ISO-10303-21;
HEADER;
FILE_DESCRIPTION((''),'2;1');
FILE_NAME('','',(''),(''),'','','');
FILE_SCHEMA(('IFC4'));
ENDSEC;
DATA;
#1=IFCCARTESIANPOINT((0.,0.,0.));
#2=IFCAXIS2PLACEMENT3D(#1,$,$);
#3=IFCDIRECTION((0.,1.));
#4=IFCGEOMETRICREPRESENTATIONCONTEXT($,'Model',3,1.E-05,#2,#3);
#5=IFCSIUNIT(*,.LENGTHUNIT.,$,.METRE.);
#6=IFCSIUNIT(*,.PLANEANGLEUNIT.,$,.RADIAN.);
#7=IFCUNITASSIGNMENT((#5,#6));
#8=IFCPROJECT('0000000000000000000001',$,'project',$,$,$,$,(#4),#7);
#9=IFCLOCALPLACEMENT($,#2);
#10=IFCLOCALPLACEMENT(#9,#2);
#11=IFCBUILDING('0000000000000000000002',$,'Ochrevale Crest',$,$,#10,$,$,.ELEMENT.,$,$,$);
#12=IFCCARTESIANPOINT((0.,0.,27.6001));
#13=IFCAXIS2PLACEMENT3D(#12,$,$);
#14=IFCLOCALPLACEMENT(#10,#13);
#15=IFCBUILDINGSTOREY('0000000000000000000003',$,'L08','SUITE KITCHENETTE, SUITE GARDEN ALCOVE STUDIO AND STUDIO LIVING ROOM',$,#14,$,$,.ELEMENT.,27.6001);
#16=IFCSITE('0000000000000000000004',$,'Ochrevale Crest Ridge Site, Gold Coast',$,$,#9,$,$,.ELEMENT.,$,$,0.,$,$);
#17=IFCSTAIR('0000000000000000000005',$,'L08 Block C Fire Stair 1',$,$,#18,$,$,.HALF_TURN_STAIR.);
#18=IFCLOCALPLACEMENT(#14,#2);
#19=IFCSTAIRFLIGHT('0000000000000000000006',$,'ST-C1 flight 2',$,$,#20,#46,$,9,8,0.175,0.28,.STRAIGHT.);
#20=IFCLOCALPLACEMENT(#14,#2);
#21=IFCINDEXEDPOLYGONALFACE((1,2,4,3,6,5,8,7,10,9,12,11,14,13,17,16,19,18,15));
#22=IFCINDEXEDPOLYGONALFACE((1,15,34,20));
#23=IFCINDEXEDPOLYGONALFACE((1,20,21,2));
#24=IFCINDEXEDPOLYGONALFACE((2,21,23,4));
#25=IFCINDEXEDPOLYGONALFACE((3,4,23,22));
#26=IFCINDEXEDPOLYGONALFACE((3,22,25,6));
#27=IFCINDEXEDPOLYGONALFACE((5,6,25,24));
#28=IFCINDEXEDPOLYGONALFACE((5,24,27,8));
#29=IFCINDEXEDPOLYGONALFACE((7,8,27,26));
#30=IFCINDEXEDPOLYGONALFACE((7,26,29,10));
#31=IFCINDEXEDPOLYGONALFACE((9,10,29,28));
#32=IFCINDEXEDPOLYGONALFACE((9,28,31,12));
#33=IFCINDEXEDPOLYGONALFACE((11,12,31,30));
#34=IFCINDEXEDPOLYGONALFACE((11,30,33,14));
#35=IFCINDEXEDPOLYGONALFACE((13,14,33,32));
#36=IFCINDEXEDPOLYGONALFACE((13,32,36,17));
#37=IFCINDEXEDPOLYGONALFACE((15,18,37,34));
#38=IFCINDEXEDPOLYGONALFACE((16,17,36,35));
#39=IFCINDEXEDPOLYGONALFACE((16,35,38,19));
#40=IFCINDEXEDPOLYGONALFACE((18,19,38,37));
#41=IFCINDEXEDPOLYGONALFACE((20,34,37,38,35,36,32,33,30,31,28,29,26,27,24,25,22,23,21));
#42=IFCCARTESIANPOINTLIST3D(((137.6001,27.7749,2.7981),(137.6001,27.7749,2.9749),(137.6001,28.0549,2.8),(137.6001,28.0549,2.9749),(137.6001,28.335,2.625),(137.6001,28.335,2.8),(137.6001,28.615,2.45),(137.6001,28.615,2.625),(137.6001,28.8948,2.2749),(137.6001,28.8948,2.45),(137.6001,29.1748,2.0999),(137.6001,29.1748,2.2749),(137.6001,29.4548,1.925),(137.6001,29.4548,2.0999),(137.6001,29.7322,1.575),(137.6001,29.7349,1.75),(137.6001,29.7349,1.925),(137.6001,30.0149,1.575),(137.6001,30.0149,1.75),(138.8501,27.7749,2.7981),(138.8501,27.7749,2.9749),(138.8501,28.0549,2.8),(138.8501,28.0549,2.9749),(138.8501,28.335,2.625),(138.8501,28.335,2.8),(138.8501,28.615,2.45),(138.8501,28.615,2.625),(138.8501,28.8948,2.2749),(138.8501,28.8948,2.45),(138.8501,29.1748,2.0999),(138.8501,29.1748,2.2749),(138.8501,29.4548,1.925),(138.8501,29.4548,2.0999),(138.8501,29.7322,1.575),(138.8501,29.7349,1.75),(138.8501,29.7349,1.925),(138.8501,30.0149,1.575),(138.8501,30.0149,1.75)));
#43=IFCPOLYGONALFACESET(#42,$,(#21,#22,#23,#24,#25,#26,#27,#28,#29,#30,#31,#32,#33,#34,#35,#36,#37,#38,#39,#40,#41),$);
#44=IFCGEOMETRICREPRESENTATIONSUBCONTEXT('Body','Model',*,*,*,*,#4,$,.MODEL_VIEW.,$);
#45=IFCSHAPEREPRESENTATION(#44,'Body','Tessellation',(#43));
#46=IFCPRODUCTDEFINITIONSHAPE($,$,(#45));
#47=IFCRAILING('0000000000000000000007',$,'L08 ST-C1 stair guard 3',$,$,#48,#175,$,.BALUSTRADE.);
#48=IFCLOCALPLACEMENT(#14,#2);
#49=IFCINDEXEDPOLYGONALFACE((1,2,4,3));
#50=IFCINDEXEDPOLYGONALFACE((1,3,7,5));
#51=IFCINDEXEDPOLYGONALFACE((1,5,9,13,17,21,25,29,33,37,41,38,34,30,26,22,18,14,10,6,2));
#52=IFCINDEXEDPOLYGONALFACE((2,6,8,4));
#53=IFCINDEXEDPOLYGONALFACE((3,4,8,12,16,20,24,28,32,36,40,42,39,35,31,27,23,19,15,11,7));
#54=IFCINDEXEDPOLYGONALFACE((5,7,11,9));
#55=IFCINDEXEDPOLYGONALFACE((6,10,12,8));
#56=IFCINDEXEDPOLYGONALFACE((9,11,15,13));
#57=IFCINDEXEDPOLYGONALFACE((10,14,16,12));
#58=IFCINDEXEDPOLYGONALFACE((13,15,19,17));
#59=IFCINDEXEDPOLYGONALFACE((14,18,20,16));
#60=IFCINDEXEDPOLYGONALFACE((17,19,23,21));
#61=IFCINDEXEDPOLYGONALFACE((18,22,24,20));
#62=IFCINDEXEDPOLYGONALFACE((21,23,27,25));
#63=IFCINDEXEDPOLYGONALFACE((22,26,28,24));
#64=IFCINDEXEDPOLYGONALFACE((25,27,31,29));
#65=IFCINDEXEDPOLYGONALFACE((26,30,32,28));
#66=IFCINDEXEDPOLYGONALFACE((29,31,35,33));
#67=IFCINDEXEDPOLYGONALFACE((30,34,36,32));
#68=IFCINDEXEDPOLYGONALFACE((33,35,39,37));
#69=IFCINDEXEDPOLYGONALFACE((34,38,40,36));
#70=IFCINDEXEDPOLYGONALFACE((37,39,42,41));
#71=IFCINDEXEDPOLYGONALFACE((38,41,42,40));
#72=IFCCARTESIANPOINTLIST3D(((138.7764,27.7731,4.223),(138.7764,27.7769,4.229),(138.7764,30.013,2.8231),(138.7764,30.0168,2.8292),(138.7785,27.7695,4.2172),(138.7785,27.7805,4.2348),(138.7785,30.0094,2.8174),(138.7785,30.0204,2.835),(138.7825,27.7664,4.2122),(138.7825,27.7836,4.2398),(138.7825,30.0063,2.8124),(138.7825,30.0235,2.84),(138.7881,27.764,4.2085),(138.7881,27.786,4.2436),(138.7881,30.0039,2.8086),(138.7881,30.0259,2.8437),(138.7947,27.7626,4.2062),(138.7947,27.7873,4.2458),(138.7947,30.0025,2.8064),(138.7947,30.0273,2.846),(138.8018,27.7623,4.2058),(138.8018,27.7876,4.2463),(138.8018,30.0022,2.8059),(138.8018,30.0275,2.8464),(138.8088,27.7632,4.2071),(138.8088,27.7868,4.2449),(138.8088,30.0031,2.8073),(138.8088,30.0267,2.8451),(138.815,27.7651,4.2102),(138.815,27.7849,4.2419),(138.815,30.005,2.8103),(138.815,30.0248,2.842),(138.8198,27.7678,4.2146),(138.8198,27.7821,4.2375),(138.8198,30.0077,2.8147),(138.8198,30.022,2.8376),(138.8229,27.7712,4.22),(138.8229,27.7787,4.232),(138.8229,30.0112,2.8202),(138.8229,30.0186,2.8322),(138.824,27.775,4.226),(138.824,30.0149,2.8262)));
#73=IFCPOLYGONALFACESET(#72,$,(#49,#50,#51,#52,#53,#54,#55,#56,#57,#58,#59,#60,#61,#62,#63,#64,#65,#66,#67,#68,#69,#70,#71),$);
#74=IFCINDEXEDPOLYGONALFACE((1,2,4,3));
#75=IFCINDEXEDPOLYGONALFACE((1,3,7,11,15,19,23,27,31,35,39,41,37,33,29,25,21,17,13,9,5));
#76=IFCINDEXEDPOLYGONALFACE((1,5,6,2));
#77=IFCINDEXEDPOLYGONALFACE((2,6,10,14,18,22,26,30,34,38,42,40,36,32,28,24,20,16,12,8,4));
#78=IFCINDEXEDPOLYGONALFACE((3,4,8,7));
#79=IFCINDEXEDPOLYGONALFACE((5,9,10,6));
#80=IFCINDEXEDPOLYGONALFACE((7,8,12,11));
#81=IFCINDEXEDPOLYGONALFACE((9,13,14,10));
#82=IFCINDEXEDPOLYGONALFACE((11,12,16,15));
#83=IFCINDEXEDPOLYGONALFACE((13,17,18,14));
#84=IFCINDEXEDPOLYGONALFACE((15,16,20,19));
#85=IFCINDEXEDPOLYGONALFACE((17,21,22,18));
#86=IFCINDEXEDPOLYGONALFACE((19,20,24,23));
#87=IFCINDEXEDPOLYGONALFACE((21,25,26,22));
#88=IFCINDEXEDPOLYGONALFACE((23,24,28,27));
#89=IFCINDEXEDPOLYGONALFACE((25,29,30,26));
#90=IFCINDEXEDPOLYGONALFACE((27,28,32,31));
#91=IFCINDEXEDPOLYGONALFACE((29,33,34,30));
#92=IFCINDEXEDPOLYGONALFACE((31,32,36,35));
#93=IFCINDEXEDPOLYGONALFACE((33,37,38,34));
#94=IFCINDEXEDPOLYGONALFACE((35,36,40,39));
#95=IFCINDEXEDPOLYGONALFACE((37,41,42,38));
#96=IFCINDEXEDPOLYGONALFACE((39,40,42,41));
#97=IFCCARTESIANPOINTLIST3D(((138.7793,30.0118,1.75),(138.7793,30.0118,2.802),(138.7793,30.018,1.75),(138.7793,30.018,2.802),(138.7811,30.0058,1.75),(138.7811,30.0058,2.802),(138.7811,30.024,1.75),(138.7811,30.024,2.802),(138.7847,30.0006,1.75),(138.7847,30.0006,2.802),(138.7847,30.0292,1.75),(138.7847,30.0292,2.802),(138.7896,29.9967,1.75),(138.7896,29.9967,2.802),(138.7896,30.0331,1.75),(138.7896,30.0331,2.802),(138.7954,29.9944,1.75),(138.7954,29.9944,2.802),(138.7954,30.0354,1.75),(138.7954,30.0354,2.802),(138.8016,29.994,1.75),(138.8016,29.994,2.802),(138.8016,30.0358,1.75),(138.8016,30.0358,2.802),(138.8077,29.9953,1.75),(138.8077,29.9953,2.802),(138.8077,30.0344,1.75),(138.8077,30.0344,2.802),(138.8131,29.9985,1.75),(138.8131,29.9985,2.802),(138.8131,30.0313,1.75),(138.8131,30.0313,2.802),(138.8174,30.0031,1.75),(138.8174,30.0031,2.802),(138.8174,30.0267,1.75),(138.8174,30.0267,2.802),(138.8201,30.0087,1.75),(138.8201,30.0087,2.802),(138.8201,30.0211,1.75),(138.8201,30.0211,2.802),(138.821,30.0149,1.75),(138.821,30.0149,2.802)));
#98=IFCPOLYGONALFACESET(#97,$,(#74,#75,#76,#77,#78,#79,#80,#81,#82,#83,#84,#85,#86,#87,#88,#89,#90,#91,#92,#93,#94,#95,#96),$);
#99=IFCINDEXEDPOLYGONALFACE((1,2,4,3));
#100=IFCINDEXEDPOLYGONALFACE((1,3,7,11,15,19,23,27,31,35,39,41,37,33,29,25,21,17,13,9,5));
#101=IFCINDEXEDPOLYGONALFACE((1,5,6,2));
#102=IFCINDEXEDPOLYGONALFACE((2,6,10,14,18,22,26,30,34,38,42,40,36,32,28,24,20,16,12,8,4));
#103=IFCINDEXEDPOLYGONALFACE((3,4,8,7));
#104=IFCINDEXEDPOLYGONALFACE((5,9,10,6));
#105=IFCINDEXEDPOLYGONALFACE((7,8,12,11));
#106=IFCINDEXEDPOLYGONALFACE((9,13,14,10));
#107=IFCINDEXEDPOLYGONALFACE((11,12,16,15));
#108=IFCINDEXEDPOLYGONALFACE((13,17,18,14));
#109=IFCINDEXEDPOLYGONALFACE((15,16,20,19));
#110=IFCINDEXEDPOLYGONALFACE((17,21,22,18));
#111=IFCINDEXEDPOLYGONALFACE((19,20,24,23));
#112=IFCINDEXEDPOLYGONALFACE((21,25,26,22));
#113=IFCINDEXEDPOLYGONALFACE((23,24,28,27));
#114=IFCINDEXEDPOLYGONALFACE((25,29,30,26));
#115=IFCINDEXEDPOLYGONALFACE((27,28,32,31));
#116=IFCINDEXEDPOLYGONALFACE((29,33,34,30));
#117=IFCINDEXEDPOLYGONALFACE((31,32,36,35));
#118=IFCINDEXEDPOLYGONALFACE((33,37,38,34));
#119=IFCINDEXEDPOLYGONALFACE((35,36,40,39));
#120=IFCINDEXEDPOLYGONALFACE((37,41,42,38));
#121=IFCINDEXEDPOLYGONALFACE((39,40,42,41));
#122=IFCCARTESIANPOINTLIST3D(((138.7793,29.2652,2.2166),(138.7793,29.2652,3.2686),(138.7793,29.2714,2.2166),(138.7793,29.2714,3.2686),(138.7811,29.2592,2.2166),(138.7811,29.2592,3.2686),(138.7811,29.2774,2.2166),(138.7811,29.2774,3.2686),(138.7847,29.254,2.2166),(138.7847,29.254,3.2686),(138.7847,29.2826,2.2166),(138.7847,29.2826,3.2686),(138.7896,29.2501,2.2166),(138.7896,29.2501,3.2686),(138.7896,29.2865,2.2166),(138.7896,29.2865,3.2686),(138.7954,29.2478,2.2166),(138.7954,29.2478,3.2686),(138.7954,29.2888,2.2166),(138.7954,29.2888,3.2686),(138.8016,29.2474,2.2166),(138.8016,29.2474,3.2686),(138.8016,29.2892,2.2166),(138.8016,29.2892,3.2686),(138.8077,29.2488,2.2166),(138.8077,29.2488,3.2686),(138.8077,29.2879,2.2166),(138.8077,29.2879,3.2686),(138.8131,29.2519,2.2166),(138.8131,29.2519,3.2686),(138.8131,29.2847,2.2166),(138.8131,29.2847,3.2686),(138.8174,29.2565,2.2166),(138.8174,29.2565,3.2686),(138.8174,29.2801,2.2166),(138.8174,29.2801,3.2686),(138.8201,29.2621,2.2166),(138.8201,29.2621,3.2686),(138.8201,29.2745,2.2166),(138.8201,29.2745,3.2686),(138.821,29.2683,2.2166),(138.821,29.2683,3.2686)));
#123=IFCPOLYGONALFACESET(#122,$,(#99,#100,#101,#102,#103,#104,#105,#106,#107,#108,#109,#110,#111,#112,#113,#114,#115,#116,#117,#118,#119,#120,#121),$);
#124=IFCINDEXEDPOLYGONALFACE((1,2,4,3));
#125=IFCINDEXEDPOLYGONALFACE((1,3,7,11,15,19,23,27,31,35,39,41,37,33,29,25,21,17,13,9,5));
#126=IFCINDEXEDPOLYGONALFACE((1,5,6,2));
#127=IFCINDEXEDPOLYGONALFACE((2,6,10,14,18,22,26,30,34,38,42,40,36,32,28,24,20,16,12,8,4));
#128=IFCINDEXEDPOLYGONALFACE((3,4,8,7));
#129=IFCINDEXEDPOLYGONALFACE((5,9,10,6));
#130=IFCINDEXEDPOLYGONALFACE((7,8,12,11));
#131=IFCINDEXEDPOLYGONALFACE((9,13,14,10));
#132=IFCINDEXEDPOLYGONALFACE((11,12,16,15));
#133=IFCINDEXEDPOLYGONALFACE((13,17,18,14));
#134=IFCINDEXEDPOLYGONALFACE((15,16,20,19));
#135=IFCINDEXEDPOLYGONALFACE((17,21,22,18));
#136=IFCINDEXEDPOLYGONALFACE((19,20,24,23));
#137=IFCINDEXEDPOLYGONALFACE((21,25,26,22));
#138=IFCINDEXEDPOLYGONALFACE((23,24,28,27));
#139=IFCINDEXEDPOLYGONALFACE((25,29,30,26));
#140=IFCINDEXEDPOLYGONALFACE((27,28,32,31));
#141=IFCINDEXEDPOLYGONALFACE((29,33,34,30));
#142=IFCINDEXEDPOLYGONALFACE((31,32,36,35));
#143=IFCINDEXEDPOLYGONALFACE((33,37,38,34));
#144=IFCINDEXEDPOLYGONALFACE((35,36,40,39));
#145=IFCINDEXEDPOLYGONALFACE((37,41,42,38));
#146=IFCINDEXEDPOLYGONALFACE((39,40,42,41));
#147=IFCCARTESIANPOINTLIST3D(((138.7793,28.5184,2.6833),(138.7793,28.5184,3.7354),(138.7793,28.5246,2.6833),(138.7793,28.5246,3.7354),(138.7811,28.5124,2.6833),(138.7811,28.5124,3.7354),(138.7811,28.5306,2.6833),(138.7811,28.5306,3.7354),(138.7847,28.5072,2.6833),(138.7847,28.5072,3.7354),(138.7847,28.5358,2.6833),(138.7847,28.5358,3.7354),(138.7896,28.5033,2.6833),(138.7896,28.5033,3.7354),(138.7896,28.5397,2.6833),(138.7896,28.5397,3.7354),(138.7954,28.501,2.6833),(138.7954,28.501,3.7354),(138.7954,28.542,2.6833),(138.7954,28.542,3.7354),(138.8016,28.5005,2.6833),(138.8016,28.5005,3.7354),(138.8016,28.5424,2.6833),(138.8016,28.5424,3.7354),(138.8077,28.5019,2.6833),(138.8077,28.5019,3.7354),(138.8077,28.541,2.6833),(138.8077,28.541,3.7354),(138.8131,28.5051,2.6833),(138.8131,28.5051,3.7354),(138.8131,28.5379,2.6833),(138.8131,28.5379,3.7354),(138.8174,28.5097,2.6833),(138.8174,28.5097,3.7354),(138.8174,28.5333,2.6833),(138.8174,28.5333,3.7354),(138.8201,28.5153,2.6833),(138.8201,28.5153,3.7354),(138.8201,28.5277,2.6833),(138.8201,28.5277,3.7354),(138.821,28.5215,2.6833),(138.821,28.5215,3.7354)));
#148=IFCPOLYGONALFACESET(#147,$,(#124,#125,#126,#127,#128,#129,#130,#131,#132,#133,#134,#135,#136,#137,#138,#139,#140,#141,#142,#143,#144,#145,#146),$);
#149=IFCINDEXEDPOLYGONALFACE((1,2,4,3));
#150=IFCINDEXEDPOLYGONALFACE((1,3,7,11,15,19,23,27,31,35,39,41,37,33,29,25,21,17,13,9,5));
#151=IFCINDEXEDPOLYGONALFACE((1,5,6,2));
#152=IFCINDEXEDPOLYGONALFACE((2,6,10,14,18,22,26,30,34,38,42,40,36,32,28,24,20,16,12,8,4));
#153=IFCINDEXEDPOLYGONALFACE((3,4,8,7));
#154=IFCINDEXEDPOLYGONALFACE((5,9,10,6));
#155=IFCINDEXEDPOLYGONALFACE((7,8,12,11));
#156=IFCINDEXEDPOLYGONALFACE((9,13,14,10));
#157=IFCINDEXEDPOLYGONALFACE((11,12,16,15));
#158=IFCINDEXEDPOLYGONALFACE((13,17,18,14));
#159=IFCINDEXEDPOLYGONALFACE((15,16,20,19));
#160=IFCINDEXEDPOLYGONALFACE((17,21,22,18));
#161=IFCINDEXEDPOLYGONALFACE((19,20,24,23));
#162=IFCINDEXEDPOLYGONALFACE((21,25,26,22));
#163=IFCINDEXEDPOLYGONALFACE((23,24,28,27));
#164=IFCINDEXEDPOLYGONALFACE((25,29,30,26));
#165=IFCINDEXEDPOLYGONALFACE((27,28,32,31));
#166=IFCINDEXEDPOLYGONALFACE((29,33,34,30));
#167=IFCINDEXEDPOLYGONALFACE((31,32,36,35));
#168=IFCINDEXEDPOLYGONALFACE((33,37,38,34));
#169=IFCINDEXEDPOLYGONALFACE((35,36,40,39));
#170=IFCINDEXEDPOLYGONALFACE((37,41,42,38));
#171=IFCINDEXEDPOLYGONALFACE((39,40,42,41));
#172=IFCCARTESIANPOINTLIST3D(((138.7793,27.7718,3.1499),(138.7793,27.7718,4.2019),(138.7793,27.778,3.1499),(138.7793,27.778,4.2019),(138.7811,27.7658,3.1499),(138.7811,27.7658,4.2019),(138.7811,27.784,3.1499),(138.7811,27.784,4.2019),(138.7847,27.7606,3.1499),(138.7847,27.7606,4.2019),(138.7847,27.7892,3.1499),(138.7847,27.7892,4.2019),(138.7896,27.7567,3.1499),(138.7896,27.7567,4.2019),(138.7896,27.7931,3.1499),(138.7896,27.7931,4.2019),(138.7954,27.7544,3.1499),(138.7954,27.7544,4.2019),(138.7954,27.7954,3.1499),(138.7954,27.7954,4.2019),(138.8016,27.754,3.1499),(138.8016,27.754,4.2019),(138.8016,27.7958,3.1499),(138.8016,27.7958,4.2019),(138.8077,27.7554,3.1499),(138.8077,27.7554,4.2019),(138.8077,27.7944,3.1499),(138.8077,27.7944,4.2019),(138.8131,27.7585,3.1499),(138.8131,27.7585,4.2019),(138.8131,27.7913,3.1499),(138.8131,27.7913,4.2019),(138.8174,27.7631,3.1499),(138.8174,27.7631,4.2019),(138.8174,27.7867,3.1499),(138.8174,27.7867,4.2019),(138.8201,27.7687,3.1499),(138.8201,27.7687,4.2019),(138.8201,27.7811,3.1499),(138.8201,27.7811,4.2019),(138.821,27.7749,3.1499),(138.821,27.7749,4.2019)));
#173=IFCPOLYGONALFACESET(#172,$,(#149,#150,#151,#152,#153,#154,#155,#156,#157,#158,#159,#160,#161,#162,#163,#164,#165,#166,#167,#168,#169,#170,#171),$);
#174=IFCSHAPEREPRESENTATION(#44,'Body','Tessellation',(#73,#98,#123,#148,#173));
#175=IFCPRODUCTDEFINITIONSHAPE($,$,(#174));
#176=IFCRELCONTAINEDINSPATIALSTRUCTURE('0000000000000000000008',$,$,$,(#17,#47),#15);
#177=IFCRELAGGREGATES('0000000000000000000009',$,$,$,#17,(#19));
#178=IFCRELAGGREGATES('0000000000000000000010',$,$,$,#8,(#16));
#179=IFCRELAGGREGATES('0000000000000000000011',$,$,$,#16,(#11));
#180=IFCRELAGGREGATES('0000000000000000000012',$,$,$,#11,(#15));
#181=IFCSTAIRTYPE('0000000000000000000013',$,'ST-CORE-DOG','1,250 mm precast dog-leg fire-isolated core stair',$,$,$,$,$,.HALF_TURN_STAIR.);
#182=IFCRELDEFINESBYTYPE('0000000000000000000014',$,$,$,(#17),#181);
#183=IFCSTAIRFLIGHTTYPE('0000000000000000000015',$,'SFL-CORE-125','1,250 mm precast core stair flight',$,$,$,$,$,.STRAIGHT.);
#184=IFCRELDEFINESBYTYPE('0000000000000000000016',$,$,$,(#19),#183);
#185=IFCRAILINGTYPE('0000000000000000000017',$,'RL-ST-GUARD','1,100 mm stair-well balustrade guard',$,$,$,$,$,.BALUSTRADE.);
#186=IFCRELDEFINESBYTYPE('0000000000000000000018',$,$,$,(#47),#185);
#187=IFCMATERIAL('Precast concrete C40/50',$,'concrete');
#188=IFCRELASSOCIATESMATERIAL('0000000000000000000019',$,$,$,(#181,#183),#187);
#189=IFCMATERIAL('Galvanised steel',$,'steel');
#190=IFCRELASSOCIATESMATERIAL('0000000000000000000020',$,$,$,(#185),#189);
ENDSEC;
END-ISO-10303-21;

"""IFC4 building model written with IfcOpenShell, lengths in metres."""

from ifc_helpers import new_model, si_unit, direction, frame, origin, origin_2d, place, context, subcontext, project, spatial, polyline, circle, outline, extrude, material, type_object, element, aggregate, save


model = new_model("IFC4")

# Units and contexts
model_context = context("Model", 3, precision=1e-05, world=origin(), true_north=direction((0.0, 1.0)))
body_context = subcontext(model_context, "Body", "Model", "MODEL_VIEW")
ifc_project = project(units=[si_unit("LENGTHUNIT", "METRE"), si_unit("PLANEANGLEUNIT", "RADIAN")], contexts=[model_context])

# Site, building, storey
site_placement = place(None, origin())
site = spatial("IfcSite", under=ifc_project, at=site_placement, Name="Ochrevale Crest Ridge Site, Gold Coast", CompositionType="ELEMENT", RefElevation=0.0)
building_placement = place(site_placement, origin())
building = spatial("IfcBuilding", under=site, at=building_placement, Name="Ochrevale Crest", CompositionType="ELEMENT")
storey_placement = place(building_placement, frame((0.0, 0.0, 27.6001)))
storey = spatial("IfcBuildingStorey", under=building, at=storey_placement, Name="L08", Description="SUITE KITCHENETTE, SUITE GARDEN ALCOVE STUDIO AND STUDIO LIVING ROOM", CompositionType="ELEMENT", Elevation=27.6001)

# Stair, stair flight
ifc_material_1 = material(Name="Precast concrete C40/50", Category="concrete")
stair_type = type_object("IfcStairType", Name="ST-CORE-DOG", Description="1,250 mm precast dog-leg fire-isolated core stair", PredefinedType="HALF_TURN_STAIR", material=ifc_material_1)
stair_placement = place(storey_placement, origin())
stair = element("IfcStair", 1, at=stair_placement, inside=storey, type_object=stair_type, Name="L08 Block C Fire Stair 1", PredefinedType="HALF_TURN_STAIR")
stair_flight_type = type_object("IfcStairFlightType", Name="SFL-CORE-125", Description="1,250 mm precast core stair flight", PredefinedType="STRAIGHT", material=ifc_material_1)
stair_flight_placement = place(storey_placement, frame((138.2251, 30.0149, 1.575), z_axis=(0.0, 0.0, 1.0), x_axis=(0.0, -1.0, 0.0)))
stair_flight = element("IfcStairFlight", 2, at=stair_flight_placement, type_object=stair_flight_type, Name="ST-C1 flight 2", NumberOfRisers=9, NumberOfTreads=8, PredefinedType="STRAIGHT", RiserHeight=0.175, TreadLength=0.28, context=body_context, shape_type="SweptSolid", body=[
    extrude(outline(polyline([(0.0, 0.0), (0.0, 0.175), (0.28, 0.175), (0.28, 0.3501), (0.5601, 0.3501), (0.5601, 0.5249), (0.8401, 0.5249), (0.8401, 0.7), (1.1201, 0.7), (1.1201, 0.875), (1.3999, 0.875), (1.3999, 1.05), (1.6799, 1.05), (1.6799, 1.2251), (1.96, 1.2251), (1.96, 1.3999), (2.24, 1.3999), (2.24, 1.575), (2.24, 1.2231), (0.2827, 0.0), (0.0, 0.0)])), frame((0.0, 0.625, 0.0), z_axis=(0.0, -1.0, 0.0), x_axis=(1.0, 0.0, 0.0)), (0.0, 0.0, 1.0), 1.25),
])
aggregate(stair, [stair_flight])

# Railing
ifc_material_2 = material(Name="Galvanised steel", Category="steel")
railing_type_1 = type_object("IfcRailingType", Name="RL-ST-GUARD", Description="1,100 mm stair-well balustrade guard", PredefinedType="BALUSTRADE", material=ifc_material_2)
railing_1_placement = place(storey_placement, frame((138.8, 30.0149, 1.75)))
element("IfcRailing", 3, at=railing_1_placement, inside=storey, type_object=railing_type_1, Name="L08 ST-C1 stair guard 3", PredefinedType="BALUSTRADE", context=body_context, shape_type="SweptSolid", body=[
    extrude(circle(Radius=0.0239, at=origin_2d()), frame((0.0, 0.0, 1.0762), z_axis=(0.0, -0.848014, 0.529974), x_axis=(1.0, 0.0, 0.0)), (0.0, 0.0, 1.0), 2.6414),
    extrude(circle(Radius=0.021, at=origin_2d()), origin(), (0.0, 0.0, 1.0), 1.052),
    extrude(circle(Radius=0.021, at=origin_2d()), frame((0.0, -0.7466, 0.4666)), (0.0, 0.0, 1.0), 1.052),
    extrude(circle(Radius=0.021, at=origin_2d()), frame((0.0, -1.4934, 0.9333)), (0.0, 0.0, 1.0), 1.052),
    extrude(circle(Radius=0.021, at=origin_2d()), frame((0.0, -2.24, 1.3999)), (0.0, 0.0, 1.0), 1.052),
])

save(model, "model.ifc")
